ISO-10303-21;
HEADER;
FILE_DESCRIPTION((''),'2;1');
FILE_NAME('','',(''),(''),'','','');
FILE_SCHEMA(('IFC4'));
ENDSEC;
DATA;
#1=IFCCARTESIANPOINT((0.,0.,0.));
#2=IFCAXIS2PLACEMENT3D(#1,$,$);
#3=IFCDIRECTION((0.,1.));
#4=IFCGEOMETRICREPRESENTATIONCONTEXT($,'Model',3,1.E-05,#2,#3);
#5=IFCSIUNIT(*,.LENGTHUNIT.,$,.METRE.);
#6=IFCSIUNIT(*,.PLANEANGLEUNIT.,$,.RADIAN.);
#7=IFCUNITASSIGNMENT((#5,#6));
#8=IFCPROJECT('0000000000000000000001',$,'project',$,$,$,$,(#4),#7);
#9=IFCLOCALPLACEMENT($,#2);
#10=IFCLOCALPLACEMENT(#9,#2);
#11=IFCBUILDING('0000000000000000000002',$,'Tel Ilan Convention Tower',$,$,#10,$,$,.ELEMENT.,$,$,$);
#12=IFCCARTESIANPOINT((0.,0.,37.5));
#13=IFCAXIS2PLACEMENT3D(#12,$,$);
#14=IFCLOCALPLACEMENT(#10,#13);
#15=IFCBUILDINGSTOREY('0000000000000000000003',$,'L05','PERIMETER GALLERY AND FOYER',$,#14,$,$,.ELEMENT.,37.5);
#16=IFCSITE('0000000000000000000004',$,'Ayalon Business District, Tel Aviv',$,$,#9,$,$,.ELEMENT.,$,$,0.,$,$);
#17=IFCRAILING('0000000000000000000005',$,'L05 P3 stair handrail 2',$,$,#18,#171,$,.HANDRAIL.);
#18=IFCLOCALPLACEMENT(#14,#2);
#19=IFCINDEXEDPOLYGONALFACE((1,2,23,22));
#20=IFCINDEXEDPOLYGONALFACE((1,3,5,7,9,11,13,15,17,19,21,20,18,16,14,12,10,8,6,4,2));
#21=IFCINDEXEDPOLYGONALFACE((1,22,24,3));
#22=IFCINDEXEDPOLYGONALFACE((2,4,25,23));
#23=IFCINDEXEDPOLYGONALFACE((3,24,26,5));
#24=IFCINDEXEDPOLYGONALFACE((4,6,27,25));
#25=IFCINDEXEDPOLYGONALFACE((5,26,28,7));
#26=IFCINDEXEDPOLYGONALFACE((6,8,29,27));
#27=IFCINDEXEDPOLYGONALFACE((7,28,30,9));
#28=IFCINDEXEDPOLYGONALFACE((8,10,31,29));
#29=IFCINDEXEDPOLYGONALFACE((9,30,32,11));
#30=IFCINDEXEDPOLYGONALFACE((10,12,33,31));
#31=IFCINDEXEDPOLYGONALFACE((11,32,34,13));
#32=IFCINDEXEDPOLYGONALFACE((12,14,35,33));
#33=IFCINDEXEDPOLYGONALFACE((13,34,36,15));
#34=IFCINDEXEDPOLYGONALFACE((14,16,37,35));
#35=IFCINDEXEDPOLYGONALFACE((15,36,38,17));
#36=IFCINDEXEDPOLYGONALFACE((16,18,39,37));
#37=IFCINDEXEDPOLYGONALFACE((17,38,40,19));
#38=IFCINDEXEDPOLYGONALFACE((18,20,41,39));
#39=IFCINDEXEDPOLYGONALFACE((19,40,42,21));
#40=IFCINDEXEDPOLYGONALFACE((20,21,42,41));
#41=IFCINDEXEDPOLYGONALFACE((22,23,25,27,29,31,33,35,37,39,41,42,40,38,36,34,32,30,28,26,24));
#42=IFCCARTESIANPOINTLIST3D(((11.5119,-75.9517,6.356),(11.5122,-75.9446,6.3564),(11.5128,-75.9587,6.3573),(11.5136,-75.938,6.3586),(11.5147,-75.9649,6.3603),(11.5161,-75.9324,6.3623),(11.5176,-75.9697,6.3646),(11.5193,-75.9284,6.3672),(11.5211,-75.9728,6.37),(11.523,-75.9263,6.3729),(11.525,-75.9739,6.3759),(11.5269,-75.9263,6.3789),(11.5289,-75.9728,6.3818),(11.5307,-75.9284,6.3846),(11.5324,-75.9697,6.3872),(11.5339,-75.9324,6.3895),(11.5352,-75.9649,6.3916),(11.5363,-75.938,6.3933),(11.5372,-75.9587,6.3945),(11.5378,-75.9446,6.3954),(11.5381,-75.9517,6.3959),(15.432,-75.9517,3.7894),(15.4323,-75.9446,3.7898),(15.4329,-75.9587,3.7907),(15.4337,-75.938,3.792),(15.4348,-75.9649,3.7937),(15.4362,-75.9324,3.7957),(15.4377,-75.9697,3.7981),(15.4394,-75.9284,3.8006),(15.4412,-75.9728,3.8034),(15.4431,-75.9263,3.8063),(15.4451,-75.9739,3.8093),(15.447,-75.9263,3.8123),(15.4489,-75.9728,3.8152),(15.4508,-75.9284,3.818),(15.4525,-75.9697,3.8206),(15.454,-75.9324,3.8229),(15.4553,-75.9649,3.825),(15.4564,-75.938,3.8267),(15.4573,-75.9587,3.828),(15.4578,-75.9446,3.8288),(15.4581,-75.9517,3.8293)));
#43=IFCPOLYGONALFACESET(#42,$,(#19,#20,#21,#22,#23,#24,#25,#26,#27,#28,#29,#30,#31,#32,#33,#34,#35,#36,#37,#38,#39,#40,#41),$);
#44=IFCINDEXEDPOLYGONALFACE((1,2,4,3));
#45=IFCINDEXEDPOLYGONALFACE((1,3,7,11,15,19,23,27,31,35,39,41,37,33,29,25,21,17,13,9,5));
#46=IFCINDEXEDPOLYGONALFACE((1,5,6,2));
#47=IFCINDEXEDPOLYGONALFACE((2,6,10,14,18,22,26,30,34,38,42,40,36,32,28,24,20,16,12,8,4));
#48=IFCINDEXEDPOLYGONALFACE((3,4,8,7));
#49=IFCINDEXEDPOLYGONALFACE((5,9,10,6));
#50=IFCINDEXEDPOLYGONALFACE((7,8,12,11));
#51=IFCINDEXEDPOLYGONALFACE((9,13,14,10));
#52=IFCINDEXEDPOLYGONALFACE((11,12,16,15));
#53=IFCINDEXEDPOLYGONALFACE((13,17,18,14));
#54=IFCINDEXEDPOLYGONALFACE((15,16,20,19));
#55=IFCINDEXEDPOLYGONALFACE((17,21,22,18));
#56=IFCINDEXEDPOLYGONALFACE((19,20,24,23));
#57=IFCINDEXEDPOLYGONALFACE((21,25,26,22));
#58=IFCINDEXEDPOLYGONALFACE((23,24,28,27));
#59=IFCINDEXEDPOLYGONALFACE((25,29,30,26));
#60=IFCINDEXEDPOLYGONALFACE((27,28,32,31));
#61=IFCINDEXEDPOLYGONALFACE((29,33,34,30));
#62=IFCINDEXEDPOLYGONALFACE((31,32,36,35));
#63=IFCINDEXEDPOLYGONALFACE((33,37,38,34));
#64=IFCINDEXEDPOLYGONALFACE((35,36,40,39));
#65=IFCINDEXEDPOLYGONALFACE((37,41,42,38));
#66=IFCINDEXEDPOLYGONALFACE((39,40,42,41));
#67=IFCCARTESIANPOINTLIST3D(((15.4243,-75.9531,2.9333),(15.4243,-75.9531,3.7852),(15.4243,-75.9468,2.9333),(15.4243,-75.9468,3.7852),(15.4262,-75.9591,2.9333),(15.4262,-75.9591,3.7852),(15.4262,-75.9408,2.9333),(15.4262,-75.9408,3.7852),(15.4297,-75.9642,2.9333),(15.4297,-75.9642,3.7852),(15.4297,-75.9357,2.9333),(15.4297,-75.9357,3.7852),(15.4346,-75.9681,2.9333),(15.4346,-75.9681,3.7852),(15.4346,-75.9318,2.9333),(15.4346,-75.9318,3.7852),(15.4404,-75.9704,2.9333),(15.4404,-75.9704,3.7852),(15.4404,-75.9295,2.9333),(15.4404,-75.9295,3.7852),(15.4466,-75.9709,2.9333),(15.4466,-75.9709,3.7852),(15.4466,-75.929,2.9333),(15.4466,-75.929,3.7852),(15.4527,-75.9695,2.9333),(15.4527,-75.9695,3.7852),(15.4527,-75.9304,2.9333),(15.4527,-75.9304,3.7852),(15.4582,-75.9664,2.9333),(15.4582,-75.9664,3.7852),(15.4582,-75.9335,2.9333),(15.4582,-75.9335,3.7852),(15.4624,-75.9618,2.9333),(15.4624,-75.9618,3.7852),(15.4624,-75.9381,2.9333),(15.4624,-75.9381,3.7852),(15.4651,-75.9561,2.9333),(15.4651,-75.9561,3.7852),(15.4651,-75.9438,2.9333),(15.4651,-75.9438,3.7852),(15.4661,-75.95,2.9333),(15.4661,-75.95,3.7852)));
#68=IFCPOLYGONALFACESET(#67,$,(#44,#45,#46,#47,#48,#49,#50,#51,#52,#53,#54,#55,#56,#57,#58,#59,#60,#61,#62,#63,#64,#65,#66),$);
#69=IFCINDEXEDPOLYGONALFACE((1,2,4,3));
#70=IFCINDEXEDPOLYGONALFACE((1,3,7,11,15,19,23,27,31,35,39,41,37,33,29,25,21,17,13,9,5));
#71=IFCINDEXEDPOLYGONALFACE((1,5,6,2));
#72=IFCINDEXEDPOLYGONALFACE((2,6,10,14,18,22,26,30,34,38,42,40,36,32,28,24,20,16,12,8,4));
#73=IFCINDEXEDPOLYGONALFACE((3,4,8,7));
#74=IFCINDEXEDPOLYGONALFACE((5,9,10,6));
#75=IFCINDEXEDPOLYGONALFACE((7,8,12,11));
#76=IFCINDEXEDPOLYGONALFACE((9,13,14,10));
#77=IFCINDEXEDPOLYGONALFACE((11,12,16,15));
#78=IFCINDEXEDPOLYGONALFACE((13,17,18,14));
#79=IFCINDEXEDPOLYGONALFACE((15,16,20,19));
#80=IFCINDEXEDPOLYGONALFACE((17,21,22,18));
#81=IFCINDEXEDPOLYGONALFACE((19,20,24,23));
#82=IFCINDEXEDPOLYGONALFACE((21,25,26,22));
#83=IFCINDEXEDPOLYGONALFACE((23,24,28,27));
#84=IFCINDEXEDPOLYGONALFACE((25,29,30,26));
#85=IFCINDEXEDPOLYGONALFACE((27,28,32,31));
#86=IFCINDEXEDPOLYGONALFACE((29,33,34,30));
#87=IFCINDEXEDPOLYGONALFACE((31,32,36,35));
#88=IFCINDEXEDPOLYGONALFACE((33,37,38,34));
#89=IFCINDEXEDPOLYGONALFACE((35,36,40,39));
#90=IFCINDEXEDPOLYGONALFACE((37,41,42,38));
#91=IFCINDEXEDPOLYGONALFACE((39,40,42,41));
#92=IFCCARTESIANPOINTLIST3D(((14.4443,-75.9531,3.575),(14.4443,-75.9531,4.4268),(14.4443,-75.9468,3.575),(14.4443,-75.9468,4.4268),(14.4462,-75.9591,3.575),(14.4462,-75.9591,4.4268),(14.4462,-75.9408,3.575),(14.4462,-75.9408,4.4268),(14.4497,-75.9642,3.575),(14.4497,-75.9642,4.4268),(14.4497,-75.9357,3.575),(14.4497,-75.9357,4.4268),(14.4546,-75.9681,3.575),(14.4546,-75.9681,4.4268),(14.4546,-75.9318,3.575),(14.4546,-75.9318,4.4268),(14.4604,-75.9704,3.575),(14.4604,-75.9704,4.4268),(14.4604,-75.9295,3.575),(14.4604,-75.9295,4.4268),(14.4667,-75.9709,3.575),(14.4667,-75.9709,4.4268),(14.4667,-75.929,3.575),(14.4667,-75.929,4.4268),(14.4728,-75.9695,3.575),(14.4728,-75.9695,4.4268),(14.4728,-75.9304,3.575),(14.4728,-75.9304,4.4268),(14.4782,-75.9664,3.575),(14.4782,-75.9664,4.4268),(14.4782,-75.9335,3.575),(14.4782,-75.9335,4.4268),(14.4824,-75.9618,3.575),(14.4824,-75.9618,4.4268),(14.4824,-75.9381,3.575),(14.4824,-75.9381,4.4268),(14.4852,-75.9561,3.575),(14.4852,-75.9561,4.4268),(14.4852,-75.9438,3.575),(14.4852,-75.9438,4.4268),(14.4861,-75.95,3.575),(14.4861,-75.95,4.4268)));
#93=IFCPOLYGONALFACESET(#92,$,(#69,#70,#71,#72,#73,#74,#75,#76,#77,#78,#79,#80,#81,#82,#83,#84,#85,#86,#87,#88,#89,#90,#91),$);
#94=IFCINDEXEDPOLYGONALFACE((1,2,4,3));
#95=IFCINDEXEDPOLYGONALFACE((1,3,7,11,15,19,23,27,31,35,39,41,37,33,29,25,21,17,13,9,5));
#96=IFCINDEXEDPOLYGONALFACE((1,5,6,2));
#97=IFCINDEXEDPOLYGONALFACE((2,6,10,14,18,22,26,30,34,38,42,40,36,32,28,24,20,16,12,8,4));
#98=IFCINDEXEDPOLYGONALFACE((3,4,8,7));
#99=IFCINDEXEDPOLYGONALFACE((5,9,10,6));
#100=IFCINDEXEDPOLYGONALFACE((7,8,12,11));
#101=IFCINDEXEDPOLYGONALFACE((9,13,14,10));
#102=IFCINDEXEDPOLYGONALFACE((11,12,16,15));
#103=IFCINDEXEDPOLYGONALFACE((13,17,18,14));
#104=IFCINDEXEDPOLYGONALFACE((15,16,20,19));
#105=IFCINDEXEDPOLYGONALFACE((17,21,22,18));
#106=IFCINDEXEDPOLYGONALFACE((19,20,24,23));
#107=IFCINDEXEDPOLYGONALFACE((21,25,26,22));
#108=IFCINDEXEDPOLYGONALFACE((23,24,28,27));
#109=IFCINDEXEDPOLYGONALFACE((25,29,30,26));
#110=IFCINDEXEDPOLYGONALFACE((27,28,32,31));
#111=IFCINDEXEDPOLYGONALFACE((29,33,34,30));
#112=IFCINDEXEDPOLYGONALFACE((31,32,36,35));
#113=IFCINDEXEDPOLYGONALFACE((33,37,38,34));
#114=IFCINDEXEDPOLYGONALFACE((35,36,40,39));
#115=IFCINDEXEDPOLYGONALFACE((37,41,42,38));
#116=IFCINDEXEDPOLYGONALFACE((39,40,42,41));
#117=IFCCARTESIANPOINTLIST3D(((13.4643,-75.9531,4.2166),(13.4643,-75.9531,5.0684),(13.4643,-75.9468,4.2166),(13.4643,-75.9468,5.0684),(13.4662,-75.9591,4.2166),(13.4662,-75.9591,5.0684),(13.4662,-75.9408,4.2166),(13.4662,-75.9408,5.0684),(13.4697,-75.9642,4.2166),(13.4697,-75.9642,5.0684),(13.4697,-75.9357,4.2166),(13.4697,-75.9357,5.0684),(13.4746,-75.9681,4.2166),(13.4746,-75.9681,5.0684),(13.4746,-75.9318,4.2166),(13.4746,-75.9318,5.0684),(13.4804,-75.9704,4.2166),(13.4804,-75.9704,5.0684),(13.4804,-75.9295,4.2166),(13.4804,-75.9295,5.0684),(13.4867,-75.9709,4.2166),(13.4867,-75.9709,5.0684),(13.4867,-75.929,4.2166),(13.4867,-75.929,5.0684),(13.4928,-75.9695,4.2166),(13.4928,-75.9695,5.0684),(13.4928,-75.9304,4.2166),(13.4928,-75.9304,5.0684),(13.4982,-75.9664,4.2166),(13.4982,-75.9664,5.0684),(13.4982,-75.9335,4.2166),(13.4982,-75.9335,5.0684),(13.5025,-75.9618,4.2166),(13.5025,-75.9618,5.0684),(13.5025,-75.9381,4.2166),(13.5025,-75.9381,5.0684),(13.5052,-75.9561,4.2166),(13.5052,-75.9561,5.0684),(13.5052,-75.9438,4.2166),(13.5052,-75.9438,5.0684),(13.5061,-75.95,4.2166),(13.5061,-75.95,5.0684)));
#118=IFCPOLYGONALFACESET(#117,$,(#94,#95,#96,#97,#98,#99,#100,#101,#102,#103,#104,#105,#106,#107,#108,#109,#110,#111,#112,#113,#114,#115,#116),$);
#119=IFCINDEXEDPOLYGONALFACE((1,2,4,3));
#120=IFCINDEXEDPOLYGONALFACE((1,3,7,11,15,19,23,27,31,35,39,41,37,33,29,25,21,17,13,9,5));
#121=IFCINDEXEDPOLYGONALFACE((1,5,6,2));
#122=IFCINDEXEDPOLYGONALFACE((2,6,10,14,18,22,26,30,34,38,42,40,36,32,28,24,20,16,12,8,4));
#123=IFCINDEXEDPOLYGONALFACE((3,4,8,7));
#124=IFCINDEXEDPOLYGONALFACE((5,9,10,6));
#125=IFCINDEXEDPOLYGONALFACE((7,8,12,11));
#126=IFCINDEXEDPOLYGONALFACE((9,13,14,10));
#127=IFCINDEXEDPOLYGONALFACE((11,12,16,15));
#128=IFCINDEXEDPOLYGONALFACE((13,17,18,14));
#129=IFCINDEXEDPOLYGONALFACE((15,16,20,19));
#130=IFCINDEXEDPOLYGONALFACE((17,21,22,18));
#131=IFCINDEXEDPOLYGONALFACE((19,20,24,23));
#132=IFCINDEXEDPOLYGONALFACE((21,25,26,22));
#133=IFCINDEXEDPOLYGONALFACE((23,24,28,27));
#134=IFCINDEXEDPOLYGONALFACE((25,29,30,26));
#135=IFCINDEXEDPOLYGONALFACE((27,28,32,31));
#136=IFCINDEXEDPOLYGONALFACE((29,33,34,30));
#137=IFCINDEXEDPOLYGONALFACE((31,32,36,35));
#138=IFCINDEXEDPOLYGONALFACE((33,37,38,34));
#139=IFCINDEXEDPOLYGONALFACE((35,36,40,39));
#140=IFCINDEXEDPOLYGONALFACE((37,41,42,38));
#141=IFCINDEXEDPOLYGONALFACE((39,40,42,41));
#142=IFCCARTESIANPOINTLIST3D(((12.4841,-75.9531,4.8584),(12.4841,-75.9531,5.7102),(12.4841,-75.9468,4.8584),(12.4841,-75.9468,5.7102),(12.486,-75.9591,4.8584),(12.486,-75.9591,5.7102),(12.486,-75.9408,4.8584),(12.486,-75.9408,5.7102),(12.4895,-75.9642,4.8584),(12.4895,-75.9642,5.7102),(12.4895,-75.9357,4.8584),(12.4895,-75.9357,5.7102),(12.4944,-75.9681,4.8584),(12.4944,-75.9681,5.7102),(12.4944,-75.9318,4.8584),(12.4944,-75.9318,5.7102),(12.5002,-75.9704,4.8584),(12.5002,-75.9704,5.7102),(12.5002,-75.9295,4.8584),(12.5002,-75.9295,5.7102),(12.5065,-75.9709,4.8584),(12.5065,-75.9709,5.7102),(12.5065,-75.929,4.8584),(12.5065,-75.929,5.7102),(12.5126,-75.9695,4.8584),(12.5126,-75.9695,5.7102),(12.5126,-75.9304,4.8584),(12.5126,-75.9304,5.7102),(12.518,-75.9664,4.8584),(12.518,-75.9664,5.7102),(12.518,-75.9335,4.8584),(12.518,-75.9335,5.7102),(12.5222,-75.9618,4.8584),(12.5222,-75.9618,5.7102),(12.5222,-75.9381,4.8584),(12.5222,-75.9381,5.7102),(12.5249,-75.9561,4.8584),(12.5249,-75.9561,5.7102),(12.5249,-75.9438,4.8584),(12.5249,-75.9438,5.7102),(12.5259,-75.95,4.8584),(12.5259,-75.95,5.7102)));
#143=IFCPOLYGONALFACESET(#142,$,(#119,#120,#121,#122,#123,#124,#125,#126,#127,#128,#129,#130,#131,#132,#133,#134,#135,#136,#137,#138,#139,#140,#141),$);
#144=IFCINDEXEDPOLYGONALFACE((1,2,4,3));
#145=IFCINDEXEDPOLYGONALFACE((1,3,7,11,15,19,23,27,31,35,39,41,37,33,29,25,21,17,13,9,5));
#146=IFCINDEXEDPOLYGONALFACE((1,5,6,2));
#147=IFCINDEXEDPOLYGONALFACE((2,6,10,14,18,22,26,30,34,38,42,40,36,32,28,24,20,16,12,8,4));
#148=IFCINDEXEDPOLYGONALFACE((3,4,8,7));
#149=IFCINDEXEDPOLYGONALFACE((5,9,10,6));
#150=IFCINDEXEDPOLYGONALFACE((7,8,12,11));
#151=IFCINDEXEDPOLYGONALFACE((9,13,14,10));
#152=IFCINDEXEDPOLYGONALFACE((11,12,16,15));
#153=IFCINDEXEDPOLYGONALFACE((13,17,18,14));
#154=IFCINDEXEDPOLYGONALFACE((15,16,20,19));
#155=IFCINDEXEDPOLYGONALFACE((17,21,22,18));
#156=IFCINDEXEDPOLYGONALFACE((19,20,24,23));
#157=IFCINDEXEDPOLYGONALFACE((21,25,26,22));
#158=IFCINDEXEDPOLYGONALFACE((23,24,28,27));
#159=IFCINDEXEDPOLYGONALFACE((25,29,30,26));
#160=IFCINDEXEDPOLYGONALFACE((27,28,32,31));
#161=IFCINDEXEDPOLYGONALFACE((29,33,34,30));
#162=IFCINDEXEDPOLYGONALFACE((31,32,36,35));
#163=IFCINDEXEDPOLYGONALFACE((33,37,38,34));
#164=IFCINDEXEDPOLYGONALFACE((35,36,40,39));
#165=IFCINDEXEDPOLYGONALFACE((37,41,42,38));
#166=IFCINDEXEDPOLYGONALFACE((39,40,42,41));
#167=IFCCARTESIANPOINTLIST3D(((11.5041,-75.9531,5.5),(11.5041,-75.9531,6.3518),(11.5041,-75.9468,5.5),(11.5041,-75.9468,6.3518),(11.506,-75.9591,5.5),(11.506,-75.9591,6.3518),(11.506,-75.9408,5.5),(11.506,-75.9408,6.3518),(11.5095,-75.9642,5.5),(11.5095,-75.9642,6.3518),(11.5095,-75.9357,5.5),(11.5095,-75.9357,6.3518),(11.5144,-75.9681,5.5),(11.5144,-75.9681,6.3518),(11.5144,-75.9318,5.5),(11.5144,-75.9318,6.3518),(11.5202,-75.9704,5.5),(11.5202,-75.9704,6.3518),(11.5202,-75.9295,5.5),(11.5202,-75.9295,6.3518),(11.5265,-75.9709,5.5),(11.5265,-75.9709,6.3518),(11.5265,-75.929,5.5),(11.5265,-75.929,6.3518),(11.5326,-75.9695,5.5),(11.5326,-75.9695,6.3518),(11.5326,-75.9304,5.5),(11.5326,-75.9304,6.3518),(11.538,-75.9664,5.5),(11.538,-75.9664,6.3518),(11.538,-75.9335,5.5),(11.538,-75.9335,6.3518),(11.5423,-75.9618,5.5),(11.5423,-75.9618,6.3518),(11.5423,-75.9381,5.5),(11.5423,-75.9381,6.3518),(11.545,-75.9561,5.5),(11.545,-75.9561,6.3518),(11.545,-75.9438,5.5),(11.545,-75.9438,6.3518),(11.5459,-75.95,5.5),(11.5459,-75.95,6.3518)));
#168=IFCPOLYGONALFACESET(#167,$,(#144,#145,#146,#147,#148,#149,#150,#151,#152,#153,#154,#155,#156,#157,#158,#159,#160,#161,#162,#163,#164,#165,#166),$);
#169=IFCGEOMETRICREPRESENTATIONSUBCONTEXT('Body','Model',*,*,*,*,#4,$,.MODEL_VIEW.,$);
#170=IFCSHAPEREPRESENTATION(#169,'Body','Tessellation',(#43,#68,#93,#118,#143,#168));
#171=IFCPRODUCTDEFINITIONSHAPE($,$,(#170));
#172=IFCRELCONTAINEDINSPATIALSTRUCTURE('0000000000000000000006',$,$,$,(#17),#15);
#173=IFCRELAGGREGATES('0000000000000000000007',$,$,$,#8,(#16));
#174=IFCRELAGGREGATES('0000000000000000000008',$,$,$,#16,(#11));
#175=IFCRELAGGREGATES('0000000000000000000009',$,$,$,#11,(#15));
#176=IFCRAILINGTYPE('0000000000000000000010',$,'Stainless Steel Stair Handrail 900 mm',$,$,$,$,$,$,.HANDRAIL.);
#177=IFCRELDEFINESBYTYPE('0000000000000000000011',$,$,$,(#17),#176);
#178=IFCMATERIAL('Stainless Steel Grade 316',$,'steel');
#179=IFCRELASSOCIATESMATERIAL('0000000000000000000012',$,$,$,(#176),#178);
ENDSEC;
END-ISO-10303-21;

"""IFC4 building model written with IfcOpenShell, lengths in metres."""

from ifc_helpers import new_model, si_unit, direction, frame, origin, origin_2d, place, context, subcontext, project, spatial, circle, extrude, material, type_object, element, save


model = new_model("IFC4")

# Units and contexts
model_context = context("Model", 3, precision=1e-05, world=origin(), true_north=direction((0.0, 1.0)))
body_context = subcontext(model_context, "Body", "Model", "MODEL_VIEW")
ifc_project = project(units=[si_unit("LENGTHUNIT", "METRE"), si_unit("PLANEANGLEUNIT", "RADIAN")], contexts=[model_context])

# Site, building, storey
site_placement = place(None, origin())
site = spatial("IfcSite", under=ifc_project, at=site_placement, Name="Ayalon Business District, Tel Aviv", CompositionType="ELEMENT", RefElevation=0.0)
building_placement = place(site_placement, origin())
building = spatial("IfcBuilding", under=site, at=building_placement, Name="Tel Ilan Convention Tower", CompositionType="ELEMENT")
storey_placement = place(building_placement, frame((0.0, 0.0, 37.5)))
storey = spatial("IfcBuildingStorey", under=building, at=storey_placement, Name="L05", Description="PERIMETER GALLERY AND FOYER", CompositionType="ELEMENT", Elevation=37.5)

# Railing
ifc_material_1 = material(Name="Stainless Steel Grade 316", Category="steel")
railing_type_1 = type_object("IfcRailingType", Name="Stainless Steel Stair Handrail 900 mm", PredefinedType="HANDRAIL", material=ifc_material_1)
railing_1_placement = place(storey_placement, frame((15.4451, -75.95, 2.9333)))
element("IfcRailing", 1, at=railing_1_placement, inside=storey, type_object=railing_type_1, Name="L05 P3 stair handrail 2", PredefinedType="HANDRAIL", context=body_context, shape_type="SweptSolid", body=[
    extrude(circle(Radius=0.0239, at=origin_2d()), frame((0.0, 0.0, 0.876), z_axis=(-0.836631, 0.0, 0.547767), x_axis=(0.0, -1.0, 0.0)), (0.0, 0.0, 1.0), 4.6855),
    extrude(circle(Radius=0.021, at=origin_2d()), origin(), (0.0, 0.0, 1.0), 0.8518),
    extrude(circle(Radius=0.021, at=origin_2d()), frame((-0.98, 0.0, 0.6416)), (0.0, 0.0, 1.0), 0.8518),
    extrude(circle(Radius=0.021, at=origin_2d()), frame((-1.96, 0.0, 1.2832)), (0.0, 0.0, 1.0), 0.8518),
    extrude(circle(Radius=0.021, at=origin_2d()), frame((-2.9402, 0.0, 1.925)), (0.0, 0.0, 1.0), 0.8518),
    extrude(circle(Radius=0.021, at=origin_2d()), frame((-3.9202, 0.0, 2.5667)), (0.0, 0.0, 1.0), 0.8518),
])

save(model, "model.ifc")
